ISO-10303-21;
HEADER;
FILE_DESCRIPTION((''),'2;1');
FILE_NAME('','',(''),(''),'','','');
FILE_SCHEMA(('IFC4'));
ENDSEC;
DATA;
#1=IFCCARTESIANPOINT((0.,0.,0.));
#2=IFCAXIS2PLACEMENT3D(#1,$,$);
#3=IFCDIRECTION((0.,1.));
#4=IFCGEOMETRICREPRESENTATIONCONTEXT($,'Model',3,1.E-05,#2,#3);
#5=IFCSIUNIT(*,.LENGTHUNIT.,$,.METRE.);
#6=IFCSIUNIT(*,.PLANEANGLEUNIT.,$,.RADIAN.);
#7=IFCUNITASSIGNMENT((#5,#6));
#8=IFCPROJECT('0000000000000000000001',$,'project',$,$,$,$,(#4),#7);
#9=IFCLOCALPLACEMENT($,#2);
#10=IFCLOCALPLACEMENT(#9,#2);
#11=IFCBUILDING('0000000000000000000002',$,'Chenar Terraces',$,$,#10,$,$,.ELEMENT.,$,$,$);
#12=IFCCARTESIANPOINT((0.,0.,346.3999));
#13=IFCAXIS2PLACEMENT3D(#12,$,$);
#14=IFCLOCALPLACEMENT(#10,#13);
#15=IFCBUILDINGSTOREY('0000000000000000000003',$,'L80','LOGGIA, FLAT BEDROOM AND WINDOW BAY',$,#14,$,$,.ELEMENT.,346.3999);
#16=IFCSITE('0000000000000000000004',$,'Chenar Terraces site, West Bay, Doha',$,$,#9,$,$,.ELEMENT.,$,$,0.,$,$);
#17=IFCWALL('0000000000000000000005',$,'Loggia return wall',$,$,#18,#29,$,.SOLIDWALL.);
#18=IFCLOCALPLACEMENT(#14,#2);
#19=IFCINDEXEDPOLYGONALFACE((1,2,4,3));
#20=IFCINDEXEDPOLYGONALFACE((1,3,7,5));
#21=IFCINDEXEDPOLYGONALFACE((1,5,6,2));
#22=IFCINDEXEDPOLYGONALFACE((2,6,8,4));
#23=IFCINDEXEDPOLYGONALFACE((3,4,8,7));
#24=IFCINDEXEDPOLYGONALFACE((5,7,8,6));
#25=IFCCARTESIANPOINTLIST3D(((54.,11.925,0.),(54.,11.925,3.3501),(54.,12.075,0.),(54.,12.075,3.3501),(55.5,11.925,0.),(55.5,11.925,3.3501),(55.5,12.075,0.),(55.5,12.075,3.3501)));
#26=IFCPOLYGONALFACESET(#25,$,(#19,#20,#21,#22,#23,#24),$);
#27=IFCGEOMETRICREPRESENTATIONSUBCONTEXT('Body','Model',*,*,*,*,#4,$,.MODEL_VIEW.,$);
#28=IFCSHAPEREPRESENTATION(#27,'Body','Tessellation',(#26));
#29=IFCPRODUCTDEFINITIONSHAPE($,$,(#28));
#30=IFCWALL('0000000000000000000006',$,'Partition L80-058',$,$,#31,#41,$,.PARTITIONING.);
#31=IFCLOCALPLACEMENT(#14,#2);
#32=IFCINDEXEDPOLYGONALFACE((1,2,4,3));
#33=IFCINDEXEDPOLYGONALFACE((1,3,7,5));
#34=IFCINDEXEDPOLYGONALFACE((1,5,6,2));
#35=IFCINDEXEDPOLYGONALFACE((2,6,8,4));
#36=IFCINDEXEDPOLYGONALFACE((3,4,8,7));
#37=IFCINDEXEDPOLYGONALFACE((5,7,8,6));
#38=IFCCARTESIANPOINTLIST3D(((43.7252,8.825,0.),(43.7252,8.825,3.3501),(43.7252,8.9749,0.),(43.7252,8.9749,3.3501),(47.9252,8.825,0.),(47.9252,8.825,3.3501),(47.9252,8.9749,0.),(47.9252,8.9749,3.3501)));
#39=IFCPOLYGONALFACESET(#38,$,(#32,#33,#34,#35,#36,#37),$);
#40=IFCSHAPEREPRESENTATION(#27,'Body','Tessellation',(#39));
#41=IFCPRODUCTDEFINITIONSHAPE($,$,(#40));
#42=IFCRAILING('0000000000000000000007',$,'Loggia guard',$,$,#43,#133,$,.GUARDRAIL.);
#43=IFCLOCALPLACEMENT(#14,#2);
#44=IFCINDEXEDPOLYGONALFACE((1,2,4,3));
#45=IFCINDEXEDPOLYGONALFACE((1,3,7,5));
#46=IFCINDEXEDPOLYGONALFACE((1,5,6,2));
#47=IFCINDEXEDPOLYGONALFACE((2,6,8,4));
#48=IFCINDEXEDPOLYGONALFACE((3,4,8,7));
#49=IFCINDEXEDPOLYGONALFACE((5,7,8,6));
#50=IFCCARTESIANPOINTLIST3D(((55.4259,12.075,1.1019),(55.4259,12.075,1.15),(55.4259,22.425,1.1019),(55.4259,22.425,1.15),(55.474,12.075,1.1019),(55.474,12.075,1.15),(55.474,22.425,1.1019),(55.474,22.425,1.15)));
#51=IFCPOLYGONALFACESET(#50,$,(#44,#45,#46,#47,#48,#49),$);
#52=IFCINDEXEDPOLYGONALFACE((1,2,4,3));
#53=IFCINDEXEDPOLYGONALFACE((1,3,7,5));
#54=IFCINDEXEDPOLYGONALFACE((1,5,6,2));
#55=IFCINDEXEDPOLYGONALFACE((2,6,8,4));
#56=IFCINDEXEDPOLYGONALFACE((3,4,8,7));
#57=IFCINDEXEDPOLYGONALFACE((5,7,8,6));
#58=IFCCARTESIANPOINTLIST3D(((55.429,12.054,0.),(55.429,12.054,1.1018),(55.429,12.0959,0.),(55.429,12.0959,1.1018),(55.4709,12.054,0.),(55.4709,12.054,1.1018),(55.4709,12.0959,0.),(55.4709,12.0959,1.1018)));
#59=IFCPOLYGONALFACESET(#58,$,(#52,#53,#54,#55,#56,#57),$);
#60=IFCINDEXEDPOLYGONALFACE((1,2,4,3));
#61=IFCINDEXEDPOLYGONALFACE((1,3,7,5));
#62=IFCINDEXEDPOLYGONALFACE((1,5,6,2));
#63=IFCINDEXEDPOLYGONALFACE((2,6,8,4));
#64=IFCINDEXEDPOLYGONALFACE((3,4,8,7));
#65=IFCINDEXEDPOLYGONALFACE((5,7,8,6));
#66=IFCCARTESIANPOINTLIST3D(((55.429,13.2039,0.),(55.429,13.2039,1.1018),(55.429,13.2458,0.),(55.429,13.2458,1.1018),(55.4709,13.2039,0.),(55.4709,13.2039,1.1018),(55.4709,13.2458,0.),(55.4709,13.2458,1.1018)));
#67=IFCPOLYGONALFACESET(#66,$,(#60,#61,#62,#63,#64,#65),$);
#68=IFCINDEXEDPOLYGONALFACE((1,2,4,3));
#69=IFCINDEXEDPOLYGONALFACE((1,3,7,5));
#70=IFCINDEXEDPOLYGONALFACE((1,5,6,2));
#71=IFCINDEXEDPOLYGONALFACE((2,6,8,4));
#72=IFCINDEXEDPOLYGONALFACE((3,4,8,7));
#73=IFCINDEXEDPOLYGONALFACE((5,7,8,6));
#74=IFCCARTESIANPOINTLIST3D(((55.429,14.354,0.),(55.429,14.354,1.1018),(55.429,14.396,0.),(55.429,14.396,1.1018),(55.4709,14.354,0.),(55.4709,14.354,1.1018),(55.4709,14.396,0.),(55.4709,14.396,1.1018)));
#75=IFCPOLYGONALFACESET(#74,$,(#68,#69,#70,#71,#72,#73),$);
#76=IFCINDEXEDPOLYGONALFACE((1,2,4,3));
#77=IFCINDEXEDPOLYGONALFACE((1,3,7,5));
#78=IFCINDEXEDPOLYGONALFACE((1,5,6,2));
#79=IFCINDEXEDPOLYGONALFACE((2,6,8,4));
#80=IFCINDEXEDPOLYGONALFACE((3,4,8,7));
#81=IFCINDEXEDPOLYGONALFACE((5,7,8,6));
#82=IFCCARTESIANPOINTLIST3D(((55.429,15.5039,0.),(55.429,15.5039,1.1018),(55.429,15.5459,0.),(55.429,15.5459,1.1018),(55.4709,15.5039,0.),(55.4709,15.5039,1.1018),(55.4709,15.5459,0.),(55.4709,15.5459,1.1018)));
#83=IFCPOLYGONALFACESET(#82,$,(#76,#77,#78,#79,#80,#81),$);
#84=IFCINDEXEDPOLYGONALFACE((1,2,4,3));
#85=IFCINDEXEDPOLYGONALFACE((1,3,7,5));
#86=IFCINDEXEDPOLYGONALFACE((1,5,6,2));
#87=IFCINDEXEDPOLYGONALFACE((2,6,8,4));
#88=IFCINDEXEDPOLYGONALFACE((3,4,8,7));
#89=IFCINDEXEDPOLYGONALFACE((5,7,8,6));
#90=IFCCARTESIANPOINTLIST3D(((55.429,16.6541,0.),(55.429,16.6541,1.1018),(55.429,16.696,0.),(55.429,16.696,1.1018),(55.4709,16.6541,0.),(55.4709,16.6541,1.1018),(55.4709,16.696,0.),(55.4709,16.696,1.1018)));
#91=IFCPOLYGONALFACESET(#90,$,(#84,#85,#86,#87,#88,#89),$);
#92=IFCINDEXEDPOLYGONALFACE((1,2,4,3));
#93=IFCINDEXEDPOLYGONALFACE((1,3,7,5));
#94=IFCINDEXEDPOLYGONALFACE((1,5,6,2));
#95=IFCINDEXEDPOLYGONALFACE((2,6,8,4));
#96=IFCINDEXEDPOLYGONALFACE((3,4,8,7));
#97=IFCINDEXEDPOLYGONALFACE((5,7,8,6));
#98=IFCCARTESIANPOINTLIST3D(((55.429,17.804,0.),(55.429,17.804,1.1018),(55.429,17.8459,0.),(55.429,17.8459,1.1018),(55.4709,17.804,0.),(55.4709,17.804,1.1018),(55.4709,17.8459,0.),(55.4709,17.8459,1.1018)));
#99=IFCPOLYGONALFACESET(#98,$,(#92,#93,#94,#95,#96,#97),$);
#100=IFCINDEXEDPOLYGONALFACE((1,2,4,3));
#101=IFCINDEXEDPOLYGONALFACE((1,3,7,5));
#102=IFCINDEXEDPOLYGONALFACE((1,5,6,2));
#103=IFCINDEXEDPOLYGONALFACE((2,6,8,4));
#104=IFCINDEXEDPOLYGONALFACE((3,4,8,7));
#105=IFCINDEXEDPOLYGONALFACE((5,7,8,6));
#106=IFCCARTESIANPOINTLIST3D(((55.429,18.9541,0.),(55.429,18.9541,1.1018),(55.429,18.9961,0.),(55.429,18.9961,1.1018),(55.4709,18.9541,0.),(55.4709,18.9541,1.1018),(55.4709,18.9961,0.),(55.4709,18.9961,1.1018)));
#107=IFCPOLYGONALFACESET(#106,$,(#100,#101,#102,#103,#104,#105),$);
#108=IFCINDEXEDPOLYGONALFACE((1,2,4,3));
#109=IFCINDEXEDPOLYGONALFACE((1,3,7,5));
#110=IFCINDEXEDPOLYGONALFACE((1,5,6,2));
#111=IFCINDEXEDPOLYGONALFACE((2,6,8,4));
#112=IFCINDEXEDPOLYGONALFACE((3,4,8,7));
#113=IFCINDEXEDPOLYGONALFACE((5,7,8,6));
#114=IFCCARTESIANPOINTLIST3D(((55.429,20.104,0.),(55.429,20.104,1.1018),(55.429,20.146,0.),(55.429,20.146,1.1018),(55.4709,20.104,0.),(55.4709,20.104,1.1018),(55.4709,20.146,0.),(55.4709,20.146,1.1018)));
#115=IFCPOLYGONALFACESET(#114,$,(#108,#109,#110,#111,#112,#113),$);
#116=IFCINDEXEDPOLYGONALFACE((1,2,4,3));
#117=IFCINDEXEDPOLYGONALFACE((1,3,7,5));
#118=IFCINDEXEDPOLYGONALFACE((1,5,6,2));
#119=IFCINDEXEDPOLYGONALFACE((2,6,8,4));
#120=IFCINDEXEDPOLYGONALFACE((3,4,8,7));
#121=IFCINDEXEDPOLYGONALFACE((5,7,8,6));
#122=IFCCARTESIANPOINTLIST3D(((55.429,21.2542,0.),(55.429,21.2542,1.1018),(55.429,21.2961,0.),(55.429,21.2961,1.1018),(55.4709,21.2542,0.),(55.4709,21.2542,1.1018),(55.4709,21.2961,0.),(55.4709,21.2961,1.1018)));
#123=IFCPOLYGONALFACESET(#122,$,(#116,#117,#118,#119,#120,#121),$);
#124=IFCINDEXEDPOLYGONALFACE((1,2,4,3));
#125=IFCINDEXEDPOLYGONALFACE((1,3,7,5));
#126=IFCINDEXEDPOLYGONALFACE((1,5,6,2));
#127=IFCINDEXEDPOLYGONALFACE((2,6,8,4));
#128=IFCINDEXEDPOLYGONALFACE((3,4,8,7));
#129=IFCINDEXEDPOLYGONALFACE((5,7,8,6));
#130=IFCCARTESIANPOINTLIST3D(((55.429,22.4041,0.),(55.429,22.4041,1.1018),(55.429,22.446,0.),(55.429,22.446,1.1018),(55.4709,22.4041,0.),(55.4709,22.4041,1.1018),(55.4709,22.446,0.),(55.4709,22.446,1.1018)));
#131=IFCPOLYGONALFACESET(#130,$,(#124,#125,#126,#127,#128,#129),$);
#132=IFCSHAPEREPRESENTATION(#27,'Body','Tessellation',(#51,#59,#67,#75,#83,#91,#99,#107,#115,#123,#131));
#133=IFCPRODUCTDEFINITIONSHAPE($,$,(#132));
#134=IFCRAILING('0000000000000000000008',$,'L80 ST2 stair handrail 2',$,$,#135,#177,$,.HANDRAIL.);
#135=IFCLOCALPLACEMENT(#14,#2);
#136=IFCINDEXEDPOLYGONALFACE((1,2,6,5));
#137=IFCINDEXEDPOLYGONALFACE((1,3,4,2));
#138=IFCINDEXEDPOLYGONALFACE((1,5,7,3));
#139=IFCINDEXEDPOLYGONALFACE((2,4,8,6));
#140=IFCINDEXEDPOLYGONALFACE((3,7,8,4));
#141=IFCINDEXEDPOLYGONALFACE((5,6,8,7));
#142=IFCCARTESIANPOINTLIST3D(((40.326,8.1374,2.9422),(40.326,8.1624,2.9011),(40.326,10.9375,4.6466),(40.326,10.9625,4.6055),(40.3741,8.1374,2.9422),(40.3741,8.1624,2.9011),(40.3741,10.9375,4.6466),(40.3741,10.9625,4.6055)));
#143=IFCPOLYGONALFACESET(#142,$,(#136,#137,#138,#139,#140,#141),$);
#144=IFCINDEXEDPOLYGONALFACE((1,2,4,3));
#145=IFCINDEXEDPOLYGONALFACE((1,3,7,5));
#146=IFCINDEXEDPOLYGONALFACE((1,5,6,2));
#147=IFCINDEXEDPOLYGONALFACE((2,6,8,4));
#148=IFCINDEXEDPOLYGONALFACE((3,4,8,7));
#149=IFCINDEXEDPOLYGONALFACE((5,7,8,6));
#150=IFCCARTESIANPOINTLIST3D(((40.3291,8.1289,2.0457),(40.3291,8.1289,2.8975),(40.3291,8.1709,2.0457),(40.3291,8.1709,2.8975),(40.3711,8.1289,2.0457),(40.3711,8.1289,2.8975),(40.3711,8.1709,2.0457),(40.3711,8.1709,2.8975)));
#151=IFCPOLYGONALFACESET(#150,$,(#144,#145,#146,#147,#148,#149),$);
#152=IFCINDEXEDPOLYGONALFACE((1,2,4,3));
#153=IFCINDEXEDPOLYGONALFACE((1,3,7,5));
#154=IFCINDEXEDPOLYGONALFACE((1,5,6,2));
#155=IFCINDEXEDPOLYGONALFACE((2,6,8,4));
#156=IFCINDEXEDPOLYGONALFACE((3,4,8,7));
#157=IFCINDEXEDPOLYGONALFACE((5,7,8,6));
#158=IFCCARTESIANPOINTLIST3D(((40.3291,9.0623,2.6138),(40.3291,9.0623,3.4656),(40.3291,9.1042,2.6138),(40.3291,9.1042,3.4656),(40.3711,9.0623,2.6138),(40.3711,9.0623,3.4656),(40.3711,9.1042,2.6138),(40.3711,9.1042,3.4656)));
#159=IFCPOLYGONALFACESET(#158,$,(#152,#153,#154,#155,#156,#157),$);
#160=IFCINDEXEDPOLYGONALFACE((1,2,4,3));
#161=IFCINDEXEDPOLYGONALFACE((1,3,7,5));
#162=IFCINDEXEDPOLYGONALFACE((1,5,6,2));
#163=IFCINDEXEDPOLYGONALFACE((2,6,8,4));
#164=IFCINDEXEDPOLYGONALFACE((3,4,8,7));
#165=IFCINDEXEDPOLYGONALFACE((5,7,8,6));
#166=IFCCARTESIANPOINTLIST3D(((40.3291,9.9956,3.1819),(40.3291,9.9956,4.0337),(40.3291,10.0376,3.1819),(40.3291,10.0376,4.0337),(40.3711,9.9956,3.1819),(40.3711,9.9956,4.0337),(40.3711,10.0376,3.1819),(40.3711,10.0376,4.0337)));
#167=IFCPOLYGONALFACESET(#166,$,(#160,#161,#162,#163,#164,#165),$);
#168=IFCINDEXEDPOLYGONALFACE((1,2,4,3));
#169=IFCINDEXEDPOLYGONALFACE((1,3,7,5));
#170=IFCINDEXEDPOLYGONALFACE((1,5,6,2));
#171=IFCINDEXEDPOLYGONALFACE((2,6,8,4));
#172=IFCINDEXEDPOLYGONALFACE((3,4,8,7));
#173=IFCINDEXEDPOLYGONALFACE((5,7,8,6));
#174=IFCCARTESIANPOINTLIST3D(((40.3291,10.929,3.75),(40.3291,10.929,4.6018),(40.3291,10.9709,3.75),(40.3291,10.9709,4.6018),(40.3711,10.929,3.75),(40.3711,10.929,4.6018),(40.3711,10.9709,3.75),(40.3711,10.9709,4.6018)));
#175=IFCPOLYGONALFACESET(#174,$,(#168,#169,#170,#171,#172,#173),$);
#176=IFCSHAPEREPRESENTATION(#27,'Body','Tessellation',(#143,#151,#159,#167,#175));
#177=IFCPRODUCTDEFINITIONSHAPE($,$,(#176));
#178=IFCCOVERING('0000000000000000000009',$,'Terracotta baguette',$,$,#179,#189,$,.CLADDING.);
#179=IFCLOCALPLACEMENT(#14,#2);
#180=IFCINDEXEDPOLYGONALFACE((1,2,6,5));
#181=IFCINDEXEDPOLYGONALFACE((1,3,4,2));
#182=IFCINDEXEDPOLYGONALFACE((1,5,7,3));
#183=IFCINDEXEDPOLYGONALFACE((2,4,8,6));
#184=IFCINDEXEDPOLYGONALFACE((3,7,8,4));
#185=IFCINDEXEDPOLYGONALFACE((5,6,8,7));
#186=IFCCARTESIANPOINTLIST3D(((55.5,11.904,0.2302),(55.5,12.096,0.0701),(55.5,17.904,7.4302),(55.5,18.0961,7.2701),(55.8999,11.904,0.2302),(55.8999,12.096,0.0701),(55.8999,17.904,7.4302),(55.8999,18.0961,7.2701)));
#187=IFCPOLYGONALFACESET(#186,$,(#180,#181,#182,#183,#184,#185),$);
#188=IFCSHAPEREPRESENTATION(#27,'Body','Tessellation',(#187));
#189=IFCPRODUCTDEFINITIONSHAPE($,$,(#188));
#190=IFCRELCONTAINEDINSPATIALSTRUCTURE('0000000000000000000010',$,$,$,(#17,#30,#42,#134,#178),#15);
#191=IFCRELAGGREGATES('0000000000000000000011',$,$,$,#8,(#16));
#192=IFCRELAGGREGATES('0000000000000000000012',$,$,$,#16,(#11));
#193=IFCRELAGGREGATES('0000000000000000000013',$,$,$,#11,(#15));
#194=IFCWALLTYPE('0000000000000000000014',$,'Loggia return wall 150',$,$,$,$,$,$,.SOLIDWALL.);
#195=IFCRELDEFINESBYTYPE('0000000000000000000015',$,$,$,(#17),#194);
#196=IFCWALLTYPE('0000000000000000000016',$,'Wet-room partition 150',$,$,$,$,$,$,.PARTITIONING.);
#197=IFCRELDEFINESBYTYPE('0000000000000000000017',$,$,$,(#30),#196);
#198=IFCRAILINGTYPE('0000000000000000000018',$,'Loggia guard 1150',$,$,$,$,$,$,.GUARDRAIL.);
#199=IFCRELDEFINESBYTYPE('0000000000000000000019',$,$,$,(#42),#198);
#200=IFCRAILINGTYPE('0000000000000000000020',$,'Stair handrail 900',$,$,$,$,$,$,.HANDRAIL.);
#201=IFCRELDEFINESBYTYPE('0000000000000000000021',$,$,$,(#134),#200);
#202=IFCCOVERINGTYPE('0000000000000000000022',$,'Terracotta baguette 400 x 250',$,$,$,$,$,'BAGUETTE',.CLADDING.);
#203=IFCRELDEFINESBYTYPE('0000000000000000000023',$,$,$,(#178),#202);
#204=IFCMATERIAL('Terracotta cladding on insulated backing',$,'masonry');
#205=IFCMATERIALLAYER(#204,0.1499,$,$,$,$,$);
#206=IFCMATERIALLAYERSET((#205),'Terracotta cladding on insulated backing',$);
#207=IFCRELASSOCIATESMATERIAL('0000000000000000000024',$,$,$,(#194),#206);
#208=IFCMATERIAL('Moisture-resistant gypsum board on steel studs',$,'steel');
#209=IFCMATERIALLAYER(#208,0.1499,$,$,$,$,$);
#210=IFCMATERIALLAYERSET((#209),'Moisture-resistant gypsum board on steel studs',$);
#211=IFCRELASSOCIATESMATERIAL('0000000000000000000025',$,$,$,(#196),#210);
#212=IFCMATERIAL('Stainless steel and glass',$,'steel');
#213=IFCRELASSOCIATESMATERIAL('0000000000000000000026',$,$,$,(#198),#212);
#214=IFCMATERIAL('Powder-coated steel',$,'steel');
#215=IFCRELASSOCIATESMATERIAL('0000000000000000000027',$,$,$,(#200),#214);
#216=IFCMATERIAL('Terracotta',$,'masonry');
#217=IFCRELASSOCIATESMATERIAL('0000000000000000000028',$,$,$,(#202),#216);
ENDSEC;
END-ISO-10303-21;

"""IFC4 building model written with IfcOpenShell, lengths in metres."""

from ifc_helpers import new_model, si_unit, direction, frame, frame_2d, origin, origin_2d, place, context, subcontext, project, spatial, rectangle, extrude, material, layer, layer_set, material_profile, profile_set, type_object, element, save


model = new_model("IFC4")

# Units and contexts
model_context = context("Model", 3, precision=1e-05, world=origin(), true_north=direction((0.0, 1.0)))
body_context = subcontext(model_context, "Body", "Model", "MODEL_VIEW")
ifc_project = project(units=[si_unit("LENGTHUNIT", "METRE"), si_unit("PLANEANGLEUNIT", "RADIAN")], contexts=[model_context])

# Site, building, storey
site_placement = place(None, origin())
site = spatial("IfcSite", under=ifc_project, at=site_placement, Name="Chenar Terraces site, West Bay, Doha", CompositionType="ELEMENT", RefElevation=0.0)
building_placement = place(site_placement, origin())
building = spatial("IfcBuilding", under=site, at=building_placement, Name="Chenar Terraces", CompositionType="ELEMENT")
storey_placement = place(building_placement, frame((0.0, 0.0, 346.3999)))
storey = spatial("IfcBuildingStorey", under=building, at=storey_placement, Name="L80", Description="LOGGIA, FLAT BEDROOM AND WINDOW BAY", CompositionType="ELEMENT", Elevation=346.3999)

# Walls
ifc_material_1 = material(Name="Terracotta cladding on insulated backing", Category="masonry")
ifc_layer_1 = layer(ifc_material_1, 0.1499)
ifc_layer_set_1 = layer_set([ifc_layer_1], Name="Terracotta cladding on insulated backing")
wall_type_1 = type_object("IfcWallType", Name="Loggia return wall 150", PredefinedType="SOLIDWALL", material=ifc_layer_set_1)
wall_1_placement = place(storey_placement, frame((55.5, 12.0, 0.0), z_axis=(0.0, 0.0, 1.0), x_axis=(-1.0, 0.0, 0.0)))
element("IfcWall", 1, at=wall_1_placement, inside=storey, type_object=wall_type_1, Name="Loggia return wall", PredefinedType="SOLIDWALL", context=body_context, shape_type="SweptSolid", body=[
    extrude(rectangle(XDim=1.5, YDim=0.1499, at=frame_2d((0.75, 0.0))), origin(), (0.0, 0.0, 1.0), 3.3501),
])
ifc_material_2 = material(Name="Moisture-resistant gypsum board on steel studs", Category="steel")
ifc_layer_2 = layer(ifc_material_2, 0.1499)
ifc_layer_set_2 = layer_set([ifc_layer_2], Name="Moisture-resistant gypsum board on steel studs")
wall_type_2 = type_object("IfcWallType", Name="Wet-room partition 150", PredefinedType="PARTITIONING", material=ifc_layer_set_2)
wall_2_placement = place(storey_placement, frame((43.7251, 8.8999, 0.0), z_axis=(0.0, 0.0, 1.0), x_axis=(1.0, 0.0, 0.0)))
element("IfcWall", 2, at=wall_2_placement, inside=storey, type_object=wall_type_2, Name="Partition L80-058", PredefinedType="PARTITIONING", context=body_context, shape_type="SweptSolid", body=[
    extrude(rectangle(XDim=4.2, YDim=0.1499, at=frame_2d((2.1001, 0.0))), origin(), (0.0, 0.0, 1.0), 3.3501),
])

# Railings
ifc_material_3 = material(Name="Stainless steel and glass", Category="steel")
railing_type_1 = type_object("IfcRailingType", Name="Loggia guard 1150", PredefinedType="GUARDRAIL", material=ifc_material_3)
railing_1_placement = place(storey_placement, frame((55.45, 12.075, 0.0)))
element("IfcRailing", 3, at=railing_1_placement, inside=storey, type_object=railing_type_1, Name="Loggia guard", PredefinedType="GUARDRAIL", context=body_context, shape_type="SweptSolid", body=[
    extrude(rectangle(XDim=0.0481, YDim=0.0481, at=origin_2d()), frame((0.0, 0.0, 1.126), z_axis=(0.0, 1.0, 0.0), x_axis=(-1.0, 0.0, 0.0)), (0.0, 0.0, 1.0), 10.3501),
    extrude(rectangle(XDim=0.042, YDim=0.042, at=origin_2d()), origin(), (0.0, 0.0, 1.0), 1.1018),
    extrude(rectangle(XDim=0.042, YDim=0.042, at=origin_2d()), frame((0.0, 1.1499, 0.0)), (0.0, 0.0, 1.0), 1.1018),
    extrude(rectangle(XDim=0.042, YDim=0.042, at=origin_2d()), frame((0.0, 2.3, 0.0)), (0.0, 0.0, 1.0), 1.1018),
    extrude(rectangle(XDim=0.042, YDim=0.042, at=origin_2d()), frame((0.0, 3.45, 0.0)), (0.0, 0.0, 1.0), 1.1018),
    extrude(rectangle(XDim=0.042, YDim=0.042, at=origin_2d()), frame((0.0, 4.6001, 0.0)), (0.0, 0.0, 1.0), 1.1018),
    extrude(rectangle(XDim=0.042, YDim=0.042, at=origin_2d()), frame((0.0, 5.75, 0.0)), (0.0, 0.0, 1.0), 1.1018),
    extrude(rectangle(XDim=0.042, YDim=0.042, at=origin_2d()), frame((0.0, 6.9001, 0.0)), (0.0, 0.0, 1.0), 1.1018),
    extrude(rectangle(XDim=0.042, YDim=0.042, at=origin_2d()), frame((0.0, 8.05, 0.0)), (0.0, 0.0, 1.0), 1.1018),
    extrude(rectangle(XDim=0.042, YDim=0.042, at=origin_2d()), frame((0.0, 9.2002, 0.0)), (0.0, 0.0, 1.0), 1.1018),
    extrude(rectangle(XDim=0.042, YDim=0.042, at=origin_2d()), frame((0.0, 10.3501, 0.0)), (0.0, 0.0, 1.0), 1.1018),
])
ifc_material_4 = material(Name="Powder-coated steel", Category="steel")
railing_type_2 = type_object("IfcRailingType", Name="Stair handrail 900", PredefinedType="HANDRAIL", material=ifc_material_4)
railing_2_placement = place(storey_placement, frame((40.3501, 8.1499, 2.0457)))
element("IfcRailing", 4, at=railing_2_placement, inside=storey, type_object=railing_type_2, Name="L80 ST2 stair handrail 2", PredefinedType="HANDRAIL", context=body_context, shape_type="SweptSolid", body=[
    extrude(rectangle(XDim=0.0481, YDim=0.0481, at=origin_2d()), frame((0.0, 0.0, 0.876), z_axis=(0.0, 0.854203, 0.51994), x_axis=(-1.0, 0.0, 0.0)), (0.0, 0.0, 1.0), 3.2781),
    extrude(rectangle(XDim=0.042, YDim=0.042, at=origin_2d()), origin(), (0.0, 0.0, 1.0), 0.8518),
    extrude(rectangle(XDim=0.042, YDim=0.042, at=origin_2d()), frame((0.0, 0.9333, 0.5681)), (0.0, 0.0, 1.0), 0.8518),
    extrude(rectangle(XDim=0.042, YDim=0.042, at=origin_2d()), frame((0.0, 1.8667, 1.1362)), (0.0, 0.0, 1.0), 0.8518),
    extrude(rectangle(XDim=0.042, YDim=0.042, at=origin_2d()), frame((0.0, 2.8, 1.7043)), (0.0, 0.0, 1.0), 0.8518),
])

# Covering
ifc_material_5 = material(Name="Terracotta", Category="masonry")
ifc_material_profile_1 = material_profile(ifc_material_5, rectangle(XDim=0.3999, YDim=0.25, at=origin_2d()), Name="Terracotta baguette 400 x 250")
ifc_profile_set_1 = profile_set([ifc_material_profile_1], Name="Terracotta")
covering_type = type_object("IfcCoveringType", Name="Terracotta baguette 400 x 250", ElementType="BAGUETTE", PredefinedType="CLADDING", material=ifc_profile_set_1)
covering_placement = place(storey_placement, frame((55.7, 12.0, 0.1501), z_axis=(0.0, 0.640187, 0.768219), x_axis=(-1.0, 0.0, 0.0)))
element("IfcCovering", 5, at=covering_placement, inside=storey, type_object=covering_type, Name="Terracotta baguette", PredefinedType="CLADDING", context=body_context, shape_type="SweptSolid", body=[
    extrude(rectangle(XDim=0.3999, YDim=0.25, at=origin_2d()), origin(), (0.0, 0.0, 1.0), 9.3723),
])

save(model, "model.ifc")
